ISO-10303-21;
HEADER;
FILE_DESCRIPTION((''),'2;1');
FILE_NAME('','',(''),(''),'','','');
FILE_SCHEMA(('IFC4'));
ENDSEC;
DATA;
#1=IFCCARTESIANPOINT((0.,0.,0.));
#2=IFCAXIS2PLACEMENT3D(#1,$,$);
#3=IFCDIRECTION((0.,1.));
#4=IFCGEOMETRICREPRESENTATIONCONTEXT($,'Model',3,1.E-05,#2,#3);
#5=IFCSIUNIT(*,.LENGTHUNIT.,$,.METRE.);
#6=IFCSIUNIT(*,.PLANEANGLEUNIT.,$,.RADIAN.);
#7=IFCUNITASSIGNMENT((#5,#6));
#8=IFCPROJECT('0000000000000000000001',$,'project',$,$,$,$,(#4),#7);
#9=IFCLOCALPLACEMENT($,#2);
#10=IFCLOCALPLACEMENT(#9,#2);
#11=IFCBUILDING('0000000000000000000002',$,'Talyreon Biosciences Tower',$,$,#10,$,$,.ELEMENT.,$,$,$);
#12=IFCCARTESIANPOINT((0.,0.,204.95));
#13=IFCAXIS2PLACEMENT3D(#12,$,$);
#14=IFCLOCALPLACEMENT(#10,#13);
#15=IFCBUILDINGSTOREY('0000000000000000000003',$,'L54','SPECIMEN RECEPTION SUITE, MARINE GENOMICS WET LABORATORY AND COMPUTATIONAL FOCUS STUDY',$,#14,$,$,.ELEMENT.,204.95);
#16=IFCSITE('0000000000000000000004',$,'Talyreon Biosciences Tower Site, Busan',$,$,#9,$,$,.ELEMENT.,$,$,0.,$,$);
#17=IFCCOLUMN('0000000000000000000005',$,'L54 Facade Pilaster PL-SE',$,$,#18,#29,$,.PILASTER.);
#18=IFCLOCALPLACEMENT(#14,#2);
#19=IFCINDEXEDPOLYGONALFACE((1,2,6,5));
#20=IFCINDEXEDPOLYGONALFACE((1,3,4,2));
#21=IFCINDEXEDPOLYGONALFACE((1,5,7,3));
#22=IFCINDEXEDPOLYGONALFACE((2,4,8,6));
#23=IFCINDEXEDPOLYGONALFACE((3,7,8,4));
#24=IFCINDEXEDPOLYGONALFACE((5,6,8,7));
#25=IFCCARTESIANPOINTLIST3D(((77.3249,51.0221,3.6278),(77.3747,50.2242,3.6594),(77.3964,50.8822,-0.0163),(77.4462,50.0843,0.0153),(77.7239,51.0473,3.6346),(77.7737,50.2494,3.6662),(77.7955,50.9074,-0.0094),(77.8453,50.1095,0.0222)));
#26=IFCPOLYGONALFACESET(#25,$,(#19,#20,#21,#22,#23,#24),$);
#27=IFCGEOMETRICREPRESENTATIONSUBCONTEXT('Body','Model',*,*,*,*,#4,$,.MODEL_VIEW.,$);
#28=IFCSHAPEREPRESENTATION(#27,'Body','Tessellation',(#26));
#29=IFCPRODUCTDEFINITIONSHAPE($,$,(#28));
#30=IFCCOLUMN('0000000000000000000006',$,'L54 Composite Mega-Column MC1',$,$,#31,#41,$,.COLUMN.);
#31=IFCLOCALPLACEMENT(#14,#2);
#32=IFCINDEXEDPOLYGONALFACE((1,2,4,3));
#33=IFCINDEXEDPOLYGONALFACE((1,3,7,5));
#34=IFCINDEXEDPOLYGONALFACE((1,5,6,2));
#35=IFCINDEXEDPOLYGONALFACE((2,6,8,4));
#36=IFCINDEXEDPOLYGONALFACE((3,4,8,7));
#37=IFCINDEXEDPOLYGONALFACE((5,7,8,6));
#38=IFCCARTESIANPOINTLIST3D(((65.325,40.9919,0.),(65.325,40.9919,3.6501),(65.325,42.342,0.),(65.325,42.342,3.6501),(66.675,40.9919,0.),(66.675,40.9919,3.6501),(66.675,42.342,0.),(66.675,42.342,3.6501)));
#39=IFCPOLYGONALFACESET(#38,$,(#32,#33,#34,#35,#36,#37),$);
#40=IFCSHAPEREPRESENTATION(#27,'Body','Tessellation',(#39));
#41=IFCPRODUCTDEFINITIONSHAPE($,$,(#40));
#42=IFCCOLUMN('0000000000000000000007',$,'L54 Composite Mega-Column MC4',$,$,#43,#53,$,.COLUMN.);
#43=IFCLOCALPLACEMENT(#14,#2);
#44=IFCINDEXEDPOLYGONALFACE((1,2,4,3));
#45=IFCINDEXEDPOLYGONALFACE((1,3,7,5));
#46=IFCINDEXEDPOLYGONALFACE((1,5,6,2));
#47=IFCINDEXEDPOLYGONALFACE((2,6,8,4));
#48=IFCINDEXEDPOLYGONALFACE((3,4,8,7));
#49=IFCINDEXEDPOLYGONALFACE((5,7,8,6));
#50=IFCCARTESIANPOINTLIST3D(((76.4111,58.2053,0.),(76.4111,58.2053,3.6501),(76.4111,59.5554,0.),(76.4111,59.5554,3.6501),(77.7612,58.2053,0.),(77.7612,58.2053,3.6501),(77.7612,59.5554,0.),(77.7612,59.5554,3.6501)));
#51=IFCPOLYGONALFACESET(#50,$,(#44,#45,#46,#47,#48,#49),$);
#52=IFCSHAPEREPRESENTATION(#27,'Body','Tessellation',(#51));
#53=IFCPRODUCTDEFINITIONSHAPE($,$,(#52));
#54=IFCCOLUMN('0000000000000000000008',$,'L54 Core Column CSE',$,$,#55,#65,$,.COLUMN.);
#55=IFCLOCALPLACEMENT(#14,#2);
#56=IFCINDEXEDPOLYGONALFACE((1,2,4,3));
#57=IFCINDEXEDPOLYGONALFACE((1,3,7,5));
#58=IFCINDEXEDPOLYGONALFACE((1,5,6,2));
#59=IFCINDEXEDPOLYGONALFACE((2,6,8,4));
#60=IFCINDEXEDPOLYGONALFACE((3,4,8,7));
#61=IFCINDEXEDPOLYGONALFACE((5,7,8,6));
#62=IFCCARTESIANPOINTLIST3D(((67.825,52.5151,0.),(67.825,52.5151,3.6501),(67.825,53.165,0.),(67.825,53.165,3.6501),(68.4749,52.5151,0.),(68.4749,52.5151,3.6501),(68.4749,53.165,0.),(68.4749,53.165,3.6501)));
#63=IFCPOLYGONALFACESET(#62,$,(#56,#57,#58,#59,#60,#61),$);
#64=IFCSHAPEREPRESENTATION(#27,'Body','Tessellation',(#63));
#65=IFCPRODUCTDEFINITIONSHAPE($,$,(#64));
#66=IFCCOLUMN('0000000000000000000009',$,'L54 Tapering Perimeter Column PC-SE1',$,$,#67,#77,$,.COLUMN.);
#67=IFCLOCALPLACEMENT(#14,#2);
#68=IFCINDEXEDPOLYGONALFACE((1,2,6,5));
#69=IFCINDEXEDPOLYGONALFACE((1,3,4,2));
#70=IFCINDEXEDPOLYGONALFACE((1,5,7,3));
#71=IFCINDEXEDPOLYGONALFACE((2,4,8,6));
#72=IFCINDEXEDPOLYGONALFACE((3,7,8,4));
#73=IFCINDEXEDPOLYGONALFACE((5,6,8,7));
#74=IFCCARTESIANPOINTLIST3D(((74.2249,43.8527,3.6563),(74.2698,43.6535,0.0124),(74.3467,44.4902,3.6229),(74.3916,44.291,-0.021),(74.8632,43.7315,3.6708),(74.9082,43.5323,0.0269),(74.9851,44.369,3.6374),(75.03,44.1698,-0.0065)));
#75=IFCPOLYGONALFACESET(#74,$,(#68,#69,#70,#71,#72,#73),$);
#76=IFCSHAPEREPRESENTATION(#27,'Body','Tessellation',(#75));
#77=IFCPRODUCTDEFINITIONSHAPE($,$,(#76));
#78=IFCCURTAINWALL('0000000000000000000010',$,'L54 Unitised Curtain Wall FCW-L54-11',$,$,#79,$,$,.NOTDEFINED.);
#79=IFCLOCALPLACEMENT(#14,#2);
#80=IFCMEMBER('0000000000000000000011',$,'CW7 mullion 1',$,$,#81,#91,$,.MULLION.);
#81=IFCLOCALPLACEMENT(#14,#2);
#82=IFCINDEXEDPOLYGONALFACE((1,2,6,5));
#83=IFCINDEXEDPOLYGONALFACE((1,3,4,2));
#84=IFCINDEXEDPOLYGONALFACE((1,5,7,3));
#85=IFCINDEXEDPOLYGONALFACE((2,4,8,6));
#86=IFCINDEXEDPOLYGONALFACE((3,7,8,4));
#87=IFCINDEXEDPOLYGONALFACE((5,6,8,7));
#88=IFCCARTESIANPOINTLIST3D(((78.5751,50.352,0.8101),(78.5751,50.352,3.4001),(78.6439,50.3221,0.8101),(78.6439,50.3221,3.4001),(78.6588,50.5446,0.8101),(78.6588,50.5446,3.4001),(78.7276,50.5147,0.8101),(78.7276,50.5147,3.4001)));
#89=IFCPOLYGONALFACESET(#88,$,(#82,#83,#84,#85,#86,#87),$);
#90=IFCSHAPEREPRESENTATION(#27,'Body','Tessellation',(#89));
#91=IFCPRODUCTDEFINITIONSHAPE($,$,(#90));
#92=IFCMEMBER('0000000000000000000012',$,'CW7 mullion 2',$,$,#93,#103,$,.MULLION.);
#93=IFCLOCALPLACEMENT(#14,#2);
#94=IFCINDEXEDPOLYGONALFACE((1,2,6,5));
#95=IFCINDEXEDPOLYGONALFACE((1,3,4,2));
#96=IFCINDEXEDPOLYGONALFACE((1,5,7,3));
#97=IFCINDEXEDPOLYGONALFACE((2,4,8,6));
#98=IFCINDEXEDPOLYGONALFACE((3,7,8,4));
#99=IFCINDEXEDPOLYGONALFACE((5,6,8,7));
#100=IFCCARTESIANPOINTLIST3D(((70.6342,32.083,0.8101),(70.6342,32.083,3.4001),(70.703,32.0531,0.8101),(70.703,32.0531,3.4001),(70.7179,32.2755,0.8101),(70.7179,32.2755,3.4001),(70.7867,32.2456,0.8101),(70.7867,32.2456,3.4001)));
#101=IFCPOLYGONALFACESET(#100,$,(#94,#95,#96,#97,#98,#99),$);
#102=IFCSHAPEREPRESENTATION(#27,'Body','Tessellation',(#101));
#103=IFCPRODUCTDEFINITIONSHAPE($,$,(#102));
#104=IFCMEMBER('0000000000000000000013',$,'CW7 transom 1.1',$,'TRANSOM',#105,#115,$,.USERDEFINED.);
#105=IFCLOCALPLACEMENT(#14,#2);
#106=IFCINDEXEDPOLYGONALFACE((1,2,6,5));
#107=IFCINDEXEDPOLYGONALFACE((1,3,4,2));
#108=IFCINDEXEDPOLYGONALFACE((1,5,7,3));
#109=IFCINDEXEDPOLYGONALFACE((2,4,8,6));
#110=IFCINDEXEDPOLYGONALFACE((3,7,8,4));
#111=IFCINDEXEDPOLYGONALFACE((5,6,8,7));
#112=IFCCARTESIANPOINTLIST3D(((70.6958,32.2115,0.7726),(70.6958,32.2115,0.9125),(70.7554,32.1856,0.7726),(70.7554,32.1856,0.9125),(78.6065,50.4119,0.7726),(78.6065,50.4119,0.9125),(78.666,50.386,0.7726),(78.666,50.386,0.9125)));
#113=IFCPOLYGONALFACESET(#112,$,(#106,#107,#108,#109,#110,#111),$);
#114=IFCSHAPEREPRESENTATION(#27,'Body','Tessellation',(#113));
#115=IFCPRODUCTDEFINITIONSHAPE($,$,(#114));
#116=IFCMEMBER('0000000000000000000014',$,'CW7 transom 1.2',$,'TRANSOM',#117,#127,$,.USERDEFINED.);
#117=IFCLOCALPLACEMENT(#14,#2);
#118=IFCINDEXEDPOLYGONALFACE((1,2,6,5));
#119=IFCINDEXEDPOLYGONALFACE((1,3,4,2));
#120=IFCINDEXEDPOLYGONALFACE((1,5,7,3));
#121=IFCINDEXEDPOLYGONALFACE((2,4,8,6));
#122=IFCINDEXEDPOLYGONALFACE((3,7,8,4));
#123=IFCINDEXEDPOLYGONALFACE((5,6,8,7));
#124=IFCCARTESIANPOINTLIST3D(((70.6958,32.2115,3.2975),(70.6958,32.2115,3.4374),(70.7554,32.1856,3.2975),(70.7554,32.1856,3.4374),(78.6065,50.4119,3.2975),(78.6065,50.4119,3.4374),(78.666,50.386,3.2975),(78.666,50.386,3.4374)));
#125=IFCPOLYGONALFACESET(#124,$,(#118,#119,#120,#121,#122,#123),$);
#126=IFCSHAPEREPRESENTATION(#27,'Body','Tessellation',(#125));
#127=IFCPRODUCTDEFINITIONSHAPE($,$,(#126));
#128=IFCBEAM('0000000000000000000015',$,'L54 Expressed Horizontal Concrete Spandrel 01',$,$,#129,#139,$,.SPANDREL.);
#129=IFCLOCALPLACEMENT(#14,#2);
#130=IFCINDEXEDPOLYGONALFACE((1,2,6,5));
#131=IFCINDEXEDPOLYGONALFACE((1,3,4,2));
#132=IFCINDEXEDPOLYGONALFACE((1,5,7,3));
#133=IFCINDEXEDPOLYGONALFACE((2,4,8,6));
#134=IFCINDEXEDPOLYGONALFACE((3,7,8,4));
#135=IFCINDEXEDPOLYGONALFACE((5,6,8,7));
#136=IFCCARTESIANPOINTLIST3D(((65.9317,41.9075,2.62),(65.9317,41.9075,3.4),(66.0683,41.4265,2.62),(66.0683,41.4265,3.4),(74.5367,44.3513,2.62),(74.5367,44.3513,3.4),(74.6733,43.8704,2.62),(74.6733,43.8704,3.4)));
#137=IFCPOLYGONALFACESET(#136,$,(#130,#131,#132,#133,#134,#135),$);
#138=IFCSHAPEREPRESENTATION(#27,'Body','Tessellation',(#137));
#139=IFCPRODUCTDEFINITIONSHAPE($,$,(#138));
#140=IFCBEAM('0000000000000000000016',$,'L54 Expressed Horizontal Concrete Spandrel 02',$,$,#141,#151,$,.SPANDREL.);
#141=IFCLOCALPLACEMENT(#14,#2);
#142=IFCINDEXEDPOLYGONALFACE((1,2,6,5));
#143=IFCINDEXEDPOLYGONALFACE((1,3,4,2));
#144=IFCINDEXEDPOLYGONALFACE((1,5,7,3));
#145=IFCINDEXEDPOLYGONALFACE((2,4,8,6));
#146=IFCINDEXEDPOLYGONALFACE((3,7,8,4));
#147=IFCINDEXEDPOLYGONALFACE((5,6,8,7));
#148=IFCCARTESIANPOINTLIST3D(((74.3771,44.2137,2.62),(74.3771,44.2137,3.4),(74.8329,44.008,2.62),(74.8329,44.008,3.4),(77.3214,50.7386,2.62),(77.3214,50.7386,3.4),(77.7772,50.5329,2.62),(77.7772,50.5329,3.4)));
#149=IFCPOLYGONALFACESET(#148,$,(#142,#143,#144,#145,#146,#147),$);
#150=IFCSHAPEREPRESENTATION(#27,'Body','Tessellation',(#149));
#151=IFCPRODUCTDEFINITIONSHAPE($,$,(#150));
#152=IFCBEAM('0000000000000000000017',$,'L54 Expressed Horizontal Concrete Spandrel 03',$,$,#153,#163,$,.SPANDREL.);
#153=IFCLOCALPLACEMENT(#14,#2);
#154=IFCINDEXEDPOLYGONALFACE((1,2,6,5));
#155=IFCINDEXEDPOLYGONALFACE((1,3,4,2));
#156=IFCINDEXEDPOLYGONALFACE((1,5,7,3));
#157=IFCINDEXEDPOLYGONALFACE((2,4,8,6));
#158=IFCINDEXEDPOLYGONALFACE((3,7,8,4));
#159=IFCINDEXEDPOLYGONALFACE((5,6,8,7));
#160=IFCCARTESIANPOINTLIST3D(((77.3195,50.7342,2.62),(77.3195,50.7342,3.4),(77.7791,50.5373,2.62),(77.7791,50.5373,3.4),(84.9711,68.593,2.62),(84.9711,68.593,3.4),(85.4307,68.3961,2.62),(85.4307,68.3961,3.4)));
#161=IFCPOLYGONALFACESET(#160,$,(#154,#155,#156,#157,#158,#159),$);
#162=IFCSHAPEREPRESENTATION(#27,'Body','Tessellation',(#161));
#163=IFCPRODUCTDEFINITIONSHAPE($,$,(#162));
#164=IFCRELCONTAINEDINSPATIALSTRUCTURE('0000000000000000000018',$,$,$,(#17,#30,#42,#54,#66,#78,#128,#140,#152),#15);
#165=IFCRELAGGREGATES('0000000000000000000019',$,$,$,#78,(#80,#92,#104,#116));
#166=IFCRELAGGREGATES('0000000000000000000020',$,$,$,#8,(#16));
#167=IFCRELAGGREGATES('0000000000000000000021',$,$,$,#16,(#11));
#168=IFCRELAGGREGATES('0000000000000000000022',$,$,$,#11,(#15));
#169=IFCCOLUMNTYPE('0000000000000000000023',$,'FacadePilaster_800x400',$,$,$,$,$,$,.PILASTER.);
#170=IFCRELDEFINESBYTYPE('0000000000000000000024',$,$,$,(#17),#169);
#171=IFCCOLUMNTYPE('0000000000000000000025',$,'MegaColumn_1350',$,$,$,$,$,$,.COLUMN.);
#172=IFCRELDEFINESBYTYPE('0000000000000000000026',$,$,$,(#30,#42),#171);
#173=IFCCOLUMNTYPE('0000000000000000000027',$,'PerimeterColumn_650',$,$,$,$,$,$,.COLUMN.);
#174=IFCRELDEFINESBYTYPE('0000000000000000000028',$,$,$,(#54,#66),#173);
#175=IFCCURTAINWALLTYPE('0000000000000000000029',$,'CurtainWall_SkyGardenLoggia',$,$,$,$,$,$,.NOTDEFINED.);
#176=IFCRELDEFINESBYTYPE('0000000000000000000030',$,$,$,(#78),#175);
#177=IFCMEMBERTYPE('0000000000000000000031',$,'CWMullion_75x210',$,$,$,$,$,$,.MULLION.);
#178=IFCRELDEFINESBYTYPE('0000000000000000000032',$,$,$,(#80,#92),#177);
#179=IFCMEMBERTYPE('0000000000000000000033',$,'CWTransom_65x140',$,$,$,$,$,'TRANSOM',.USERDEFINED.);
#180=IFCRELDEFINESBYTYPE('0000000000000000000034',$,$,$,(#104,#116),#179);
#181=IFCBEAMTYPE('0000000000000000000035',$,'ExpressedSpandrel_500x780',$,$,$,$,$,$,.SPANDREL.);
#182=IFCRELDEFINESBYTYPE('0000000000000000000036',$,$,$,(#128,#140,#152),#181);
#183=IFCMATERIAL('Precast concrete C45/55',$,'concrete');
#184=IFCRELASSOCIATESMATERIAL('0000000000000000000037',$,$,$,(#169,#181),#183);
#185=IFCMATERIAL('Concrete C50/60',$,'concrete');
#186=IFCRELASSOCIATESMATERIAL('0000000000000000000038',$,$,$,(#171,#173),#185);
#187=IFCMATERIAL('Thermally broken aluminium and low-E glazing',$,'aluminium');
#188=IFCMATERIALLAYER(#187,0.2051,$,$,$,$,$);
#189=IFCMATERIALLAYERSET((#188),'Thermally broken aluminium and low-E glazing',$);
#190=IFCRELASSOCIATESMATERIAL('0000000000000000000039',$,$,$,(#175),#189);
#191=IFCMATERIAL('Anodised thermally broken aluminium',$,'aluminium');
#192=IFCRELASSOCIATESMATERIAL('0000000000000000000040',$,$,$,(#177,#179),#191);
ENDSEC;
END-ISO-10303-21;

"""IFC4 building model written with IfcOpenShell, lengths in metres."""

from ifc_helpers import new_model, si_unit, direction, frame, origin, origin_2d, place, context, subcontext, project, spatial, rectangle, extrude, material, layer, layer_set, material_profile, profile_set, type_object, element, aggregate, save


model = new_model("IFC4")

# Units and contexts
model_context = context("Model", 3, precision=1e-05, world=origin(), true_north=direction((0.0, 1.0)))
body_context = subcontext(model_context, "Body", "Model", "MODEL_VIEW")
ifc_project = project(units=[si_unit("LENGTHUNIT", "METRE"), si_unit("PLANEANGLEUNIT", "RADIAN")], contexts=[model_context])

# Site, building, storey
site_placement = place(None, origin())
site = spatial("IfcSite", under=ifc_project, at=site_placement, Name="Talyreon Biosciences Tower Site, Busan", CompositionType="ELEMENT", RefElevation=0.0)
building_placement = place(site_placement, origin())
building = spatial("IfcBuilding", under=site, at=building_placement, Name="Talyreon Biosciences Tower", CompositionType="ELEMENT")
storey_placement = place(building_placement, frame((0.0, 0.0, 204.95)))
storey = spatial("IfcBuildingStorey", under=building, at=storey_placement, Name="L54", Description="SPECIMEN RECEPTION SUITE, MARINE GENOMICS WET LABORATORY AND COMPUTATIONAL FOCUS STUDY", CompositionType="ELEMENT", Elevation=204.95)

# Columns
ifc_material_1 = material(Name="Precast concrete C45/55", Category="concrete")
ifc_material_profile_1 = material_profile(ifc_material_1, rectangle(XDim=0.8, YDim=0.3999, at=origin_2d()), Name="RC 800x400")
ifc_profile_set_1 = profile_set([ifc_material_profile_1], Name="Precast concrete C45/55")
column_type_1 = type_object("IfcColumnType", Name="FacadePilaster_800x400", PredefinedType="PILASTER", material=ifc_profile_set_1)
column_1_placement = place(storey_placement, frame((77.6208, 50.4958, 0.0029), z_axis=(-0.019612, 0.038354, 0.999072), x_axis=(0.06224, -0.997279, 0.039507)))
element("IfcColumn", 1, at=column_1_placement, inside=storey, type_object=column_type_1, Name="L54 Facade Pilaster PL-SE", PredefinedType="PILASTER", context=body_context, shape_type="SweptSolid", body=[
    extrude(rectangle(XDim=0.8, YDim=0.3999, at=origin_2d()), origin(), (0.0, 0.0, 1.0), 3.6475),
])
ifc_material_2 = material(Name="Concrete C50/60", Category="concrete")
ifc_material_profile_2 = material_profile(ifc_material_2, rectangle(XDim=1.3501, YDim=1.3501, at=origin_2d()), Name="RC 1350x1350")
ifc_profile_set_2 = profile_set([ifc_material_profile_2], Name="Concrete C50/60")
column_type_2 = type_object("IfcColumnType", Name="MegaColumn_1350", PredefinedType="COLUMN", material=ifc_profile_set_2)
for number, where, z_axis, x_axis, name in (
    (2, (66.0, 41.667, 0.0), (0.0, 0.0, 1.0), (1.0, 0.0, 0.0), "L54 Composite Mega-Column MC1"),
    (3, (77.0862, 58.8804, 0.0), (0.0, 0.0, 1.0), (1.0, 0.0, 0.0), "L54 Composite Mega-Column MC4"),
):
    element("IfcColumn", number, at=place(storey_placement, frame(where, z_axis=z_axis, x_axis=x_axis)), inside=storey, type_object=column_type_2, Name=name, PredefinedType="COLUMN", context=body_context, shape_type="SweptSolid", body=[
        extrude(rectangle(XDim=1.3501, YDim=1.3501, at=origin_2d()), origin(), (0.0, 0.0, 1.0), 3.6501),
    ])
ifc_material_profile_3 = material_profile(ifc_material_2, rectangle(XDim=0.6499, YDim=0.6499, at=origin_2d()), Name="RC 650x650")
ifc_profile_set_3 = profile_set([ifc_material_profile_3], Name="Concrete C50/60")
column_type_3 = type_object("IfcColumnType", Name="PerimeterColumn_650", PredefinedType="COLUMN", material=ifc_profile_set_3)
column_2_placement = place(storey_placement, frame((68.1499, 52.8401, 0.0), z_axis=(0.0, 0.0, 1.0), x_axis=(1.0, 0.0, 0.0)))
element("IfcColumn", 4, at=column_2_placement, inside=storey, type_object=column_type_3, Name="L54 Core Column CSE", PredefinedType="COLUMN", context=body_context, shape_type="SweptSolid", body=[
    extrude(rectangle(XDim=0.6499, YDim=0.6499, at=origin_2d()), origin(), (0.0, 0.0, 1.0), 3.6501),
])
column_3_placement = place(storey_placement, frame((74.6499, 43.9116, 0.0029), z_axis=(-0.012308, 0.054584, 0.998433), x_axis=(-0.187438, -0.980935, 0.051317)))
element("IfcColumn", 5, at=column_3_placement, inside=storey, type_object=column_type_3, Name="L54 Tapering Perimeter Column PC-SE1", PredefinedType="COLUMN", context=body_context, shape_type="SweptSolid", body=[
    extrude(rectangle(XDim=0.6499, YDim=0.6499, at=origin_2d()), origin(), (0.0, 0.0, 1.0), 3.6497),
])

# Curtain wall, members
ifc_material_3 = material(Name="Thermally broken aluminium and low-E glazing", Category="aluminium")
ifc_layer_1 = layer(ifc_material_3, 0.2051)
ifc_layer_set_1 = layer_set([ifc_layer_1], Name="Thermally broken aluminium and low-E glazing")
curtain_wall_type = type_object("IfcCurtainWallType", Name="CurtainWall_SkyGardenLoggia", PredefinedType="NOTDEFINED", material=ifc_layer_set_1)
curtain_wall_placement = place(storey_placement, origin())
curtain_wall = element("IfcCurtainWall", 6, at=curtain_wall_placement, inside=storey, type_object=curtain_wall_type, Name="L54 Unitised Curtain Wall FCW-L54-11", PredefinedType="NOTDEFINED")
ifc_material_4 = material(Name="Anodised thermally broken aluminium", Category="aluminium")
ifc_material_profile_4 = material_profile(ifc_material_4, rectangle(XDim=0.075, YDim=0.21, at=origin_2d()), Name="ALUM MULLION 75x210")
ifc_profile_set_4 = profile_set([ifc_material_profile_4], Name="Anodised thermally broken aluminium")
member_type_1 = type_object("IfcMemberType", Name="CWMullion_75x210", PredefinedType="MULLION", material=ifc_profile_set_4)
member_1_placement = place(storey_placement, frame((78.6514, 50.4333, 0.8101), z_axis=(0.0, 0.0, 1.0), x_axis=(0.917114, -0.398625, 0.0)))
member_1 = element("IfcMember", 7, at=member_1_placement, type_object=member_type_1, Name="CW7 mullion 1", PredefinedType="MULLION", context=body_context, shape_type="SweptSolid", body=[
    extrude(rectangle(XDim=0.075, YDim=0.21, at=origin_2d()), origin(), (0.0, 0.0, 1.0), 2.5901),
])
member_2_placement = place(storey_placement, frame((70.7104, 32.1643, 0.8101), z_axis=(0.0, 0.0, 1.0), x_axis=(0.917114, -0.398625, 0.0)))
member_2 = element("IfcMember", 8, at=member_2_placement, type_object=member_type_1, Name="CW7 mullion 2", PredefinedType="MULLION", context=body_context, shape_type="SweptSolid", body=[
    extrude(rectangle(XDim=0.075, YDim=0.21, at=origin_2d()), origin(), (0.0, 0.0, 1.0), 2.5901),
])
ifc_material_profile_5 = material_profile(ifc_material_4, rectangle(XDim=0.0649, YDim=0.1399, at=origin_2d()), Name="ALUM TRANSOM 65x140")
ifc_profile_set_5 = profile_set([ifc_material_profile_5], Name="Anodised thermally broken aluminium")
member_type_2 = type_object("IfcMemberType", Name="CWTransom_65x140", ElementType="TRANSOM", PredefinedType="USERDEFINED", material=ifc_profile_set_5)
member_3_placement = place(storey_placement, frame((78.6362, 50.3989, 0.8425), z_axis=(-0.398616, -0.917118, 0.0), x_axis=(0.917118, -0.398616, 0.0)))
member_3 = element("IfcMember", 9, at=member_3_placement, type_object=member_type_2, Name="CW7 transom 1.1", ObjectType="TRANSOM", PredefinedType="USERDEFINED", context=body_context, shape_type="SweptSolid", body=[
    extrude(rectangle(XDim=0.0649, YDim=0.1399, at=origin_2d()), origin(), (0.0, 0.0, 1.0), 19.8452),
])
member_4_placement = place(storey_placement, frame((78.6362, 50.3989, 3.3674), z_axis=(-0.398616, -0.917118, 0.0), x_axis=(0.917118, -0.398616, 0.0)))
member_4 = element("IfcMember", 10, at=member_4_placement, type_object=member_type_2, Name="CW7 transom 1.2", ObjectType="TRANSOM", PredefinedType="USERDEFINED", context=body_context, shape_type="SweptSolid", body=[
    extrude(rectangle(XDim=0.0649, YDim=0.1399, at=origin_2d()), origin(), (0.0, 0.0, 1.0), 19.8452),
])

# Beams
ifc_material_profile_6 = material_profile(ifc_material_1, rectangle(XDim=0.5, YDim=0.78, at=origin_2d()), Name="RCB 500x780")
ifc_profile_set_6 = profile_set([ifc_material_profile_6], Name="Precast concrete C45/55")
beam_type_1 = type_object("IfcBeamType", Name="ExpressedSpandrel_500x780", PredefinedType="SPANDREL", material=ifc_profile_set_6)
beam_1_placement = place(storey_placement, frame((66.0, 41.667, 3.01), z_axis=(0.961957, 0.2732, 0.0), x_axis=(-0.2732, 0.961957, 0.0)))
element("IfcBeam", 11, at=beam_1_placement, inside=storey, type_object=beam_type_1, Name="L54 Expressed Horizontal Concrete Spandrel 01", PredefinedType="SPANDREL", context=body_context, shape_type="SweptSolid", body=[
    extrude(rectangle(XDim=0.5, YDim=0.78, at=origin_2d()), origin(), (0.0, 0.0, 1.0), 8.9453),
])
beam_2_placement = place(storey_placement, frame((74.605, 44.1108, 3.01), z_axis=(0.411309, 0.911496, 0.0), x_axis=(-0.911496, 0.411309, 0.0)))
element("IfcBeam", 12, at=beam_2_placement, inside=storey, type_object=beam_type_1, Name="L54 Expressed Horizontal Concrete Spandrel 02", PredefinedType="SPANDREL", context=body_context, shape_type="SweptSolid", body=[
    extrude(rectangle(XDim=0.5, YDim=0.78, at=origin_2d()), origin(), (0.0, 0.0, 1.0), 7.1584),
])
beam_3_placement = place(storey_placement, frame((77.5493, 50.6357, 3.01), z_axis=(0.393824, 0.919186, 0.0), x_axis=(-0.919186, 0.393824, 0.0)))
element("IfcBeam", 13, at=beam_3_placement, inside=storey, type_object=beam_type_1, Name="L54 Expressed Horizontal Concrete Spandrel 03", PredefinedType="SPANDREL", context=body_context, shape_type="SweptSolid", body=[
    extrude(rectangle(XDim=0.5, YDim=0.78, at=origin_2d()), origin(), (0.0, 0.0, 1.0), 19.429),
])

aggregate(curtain_wall, [member_1, member_2, member_3, member_4])

save(model, "model.ifc")
